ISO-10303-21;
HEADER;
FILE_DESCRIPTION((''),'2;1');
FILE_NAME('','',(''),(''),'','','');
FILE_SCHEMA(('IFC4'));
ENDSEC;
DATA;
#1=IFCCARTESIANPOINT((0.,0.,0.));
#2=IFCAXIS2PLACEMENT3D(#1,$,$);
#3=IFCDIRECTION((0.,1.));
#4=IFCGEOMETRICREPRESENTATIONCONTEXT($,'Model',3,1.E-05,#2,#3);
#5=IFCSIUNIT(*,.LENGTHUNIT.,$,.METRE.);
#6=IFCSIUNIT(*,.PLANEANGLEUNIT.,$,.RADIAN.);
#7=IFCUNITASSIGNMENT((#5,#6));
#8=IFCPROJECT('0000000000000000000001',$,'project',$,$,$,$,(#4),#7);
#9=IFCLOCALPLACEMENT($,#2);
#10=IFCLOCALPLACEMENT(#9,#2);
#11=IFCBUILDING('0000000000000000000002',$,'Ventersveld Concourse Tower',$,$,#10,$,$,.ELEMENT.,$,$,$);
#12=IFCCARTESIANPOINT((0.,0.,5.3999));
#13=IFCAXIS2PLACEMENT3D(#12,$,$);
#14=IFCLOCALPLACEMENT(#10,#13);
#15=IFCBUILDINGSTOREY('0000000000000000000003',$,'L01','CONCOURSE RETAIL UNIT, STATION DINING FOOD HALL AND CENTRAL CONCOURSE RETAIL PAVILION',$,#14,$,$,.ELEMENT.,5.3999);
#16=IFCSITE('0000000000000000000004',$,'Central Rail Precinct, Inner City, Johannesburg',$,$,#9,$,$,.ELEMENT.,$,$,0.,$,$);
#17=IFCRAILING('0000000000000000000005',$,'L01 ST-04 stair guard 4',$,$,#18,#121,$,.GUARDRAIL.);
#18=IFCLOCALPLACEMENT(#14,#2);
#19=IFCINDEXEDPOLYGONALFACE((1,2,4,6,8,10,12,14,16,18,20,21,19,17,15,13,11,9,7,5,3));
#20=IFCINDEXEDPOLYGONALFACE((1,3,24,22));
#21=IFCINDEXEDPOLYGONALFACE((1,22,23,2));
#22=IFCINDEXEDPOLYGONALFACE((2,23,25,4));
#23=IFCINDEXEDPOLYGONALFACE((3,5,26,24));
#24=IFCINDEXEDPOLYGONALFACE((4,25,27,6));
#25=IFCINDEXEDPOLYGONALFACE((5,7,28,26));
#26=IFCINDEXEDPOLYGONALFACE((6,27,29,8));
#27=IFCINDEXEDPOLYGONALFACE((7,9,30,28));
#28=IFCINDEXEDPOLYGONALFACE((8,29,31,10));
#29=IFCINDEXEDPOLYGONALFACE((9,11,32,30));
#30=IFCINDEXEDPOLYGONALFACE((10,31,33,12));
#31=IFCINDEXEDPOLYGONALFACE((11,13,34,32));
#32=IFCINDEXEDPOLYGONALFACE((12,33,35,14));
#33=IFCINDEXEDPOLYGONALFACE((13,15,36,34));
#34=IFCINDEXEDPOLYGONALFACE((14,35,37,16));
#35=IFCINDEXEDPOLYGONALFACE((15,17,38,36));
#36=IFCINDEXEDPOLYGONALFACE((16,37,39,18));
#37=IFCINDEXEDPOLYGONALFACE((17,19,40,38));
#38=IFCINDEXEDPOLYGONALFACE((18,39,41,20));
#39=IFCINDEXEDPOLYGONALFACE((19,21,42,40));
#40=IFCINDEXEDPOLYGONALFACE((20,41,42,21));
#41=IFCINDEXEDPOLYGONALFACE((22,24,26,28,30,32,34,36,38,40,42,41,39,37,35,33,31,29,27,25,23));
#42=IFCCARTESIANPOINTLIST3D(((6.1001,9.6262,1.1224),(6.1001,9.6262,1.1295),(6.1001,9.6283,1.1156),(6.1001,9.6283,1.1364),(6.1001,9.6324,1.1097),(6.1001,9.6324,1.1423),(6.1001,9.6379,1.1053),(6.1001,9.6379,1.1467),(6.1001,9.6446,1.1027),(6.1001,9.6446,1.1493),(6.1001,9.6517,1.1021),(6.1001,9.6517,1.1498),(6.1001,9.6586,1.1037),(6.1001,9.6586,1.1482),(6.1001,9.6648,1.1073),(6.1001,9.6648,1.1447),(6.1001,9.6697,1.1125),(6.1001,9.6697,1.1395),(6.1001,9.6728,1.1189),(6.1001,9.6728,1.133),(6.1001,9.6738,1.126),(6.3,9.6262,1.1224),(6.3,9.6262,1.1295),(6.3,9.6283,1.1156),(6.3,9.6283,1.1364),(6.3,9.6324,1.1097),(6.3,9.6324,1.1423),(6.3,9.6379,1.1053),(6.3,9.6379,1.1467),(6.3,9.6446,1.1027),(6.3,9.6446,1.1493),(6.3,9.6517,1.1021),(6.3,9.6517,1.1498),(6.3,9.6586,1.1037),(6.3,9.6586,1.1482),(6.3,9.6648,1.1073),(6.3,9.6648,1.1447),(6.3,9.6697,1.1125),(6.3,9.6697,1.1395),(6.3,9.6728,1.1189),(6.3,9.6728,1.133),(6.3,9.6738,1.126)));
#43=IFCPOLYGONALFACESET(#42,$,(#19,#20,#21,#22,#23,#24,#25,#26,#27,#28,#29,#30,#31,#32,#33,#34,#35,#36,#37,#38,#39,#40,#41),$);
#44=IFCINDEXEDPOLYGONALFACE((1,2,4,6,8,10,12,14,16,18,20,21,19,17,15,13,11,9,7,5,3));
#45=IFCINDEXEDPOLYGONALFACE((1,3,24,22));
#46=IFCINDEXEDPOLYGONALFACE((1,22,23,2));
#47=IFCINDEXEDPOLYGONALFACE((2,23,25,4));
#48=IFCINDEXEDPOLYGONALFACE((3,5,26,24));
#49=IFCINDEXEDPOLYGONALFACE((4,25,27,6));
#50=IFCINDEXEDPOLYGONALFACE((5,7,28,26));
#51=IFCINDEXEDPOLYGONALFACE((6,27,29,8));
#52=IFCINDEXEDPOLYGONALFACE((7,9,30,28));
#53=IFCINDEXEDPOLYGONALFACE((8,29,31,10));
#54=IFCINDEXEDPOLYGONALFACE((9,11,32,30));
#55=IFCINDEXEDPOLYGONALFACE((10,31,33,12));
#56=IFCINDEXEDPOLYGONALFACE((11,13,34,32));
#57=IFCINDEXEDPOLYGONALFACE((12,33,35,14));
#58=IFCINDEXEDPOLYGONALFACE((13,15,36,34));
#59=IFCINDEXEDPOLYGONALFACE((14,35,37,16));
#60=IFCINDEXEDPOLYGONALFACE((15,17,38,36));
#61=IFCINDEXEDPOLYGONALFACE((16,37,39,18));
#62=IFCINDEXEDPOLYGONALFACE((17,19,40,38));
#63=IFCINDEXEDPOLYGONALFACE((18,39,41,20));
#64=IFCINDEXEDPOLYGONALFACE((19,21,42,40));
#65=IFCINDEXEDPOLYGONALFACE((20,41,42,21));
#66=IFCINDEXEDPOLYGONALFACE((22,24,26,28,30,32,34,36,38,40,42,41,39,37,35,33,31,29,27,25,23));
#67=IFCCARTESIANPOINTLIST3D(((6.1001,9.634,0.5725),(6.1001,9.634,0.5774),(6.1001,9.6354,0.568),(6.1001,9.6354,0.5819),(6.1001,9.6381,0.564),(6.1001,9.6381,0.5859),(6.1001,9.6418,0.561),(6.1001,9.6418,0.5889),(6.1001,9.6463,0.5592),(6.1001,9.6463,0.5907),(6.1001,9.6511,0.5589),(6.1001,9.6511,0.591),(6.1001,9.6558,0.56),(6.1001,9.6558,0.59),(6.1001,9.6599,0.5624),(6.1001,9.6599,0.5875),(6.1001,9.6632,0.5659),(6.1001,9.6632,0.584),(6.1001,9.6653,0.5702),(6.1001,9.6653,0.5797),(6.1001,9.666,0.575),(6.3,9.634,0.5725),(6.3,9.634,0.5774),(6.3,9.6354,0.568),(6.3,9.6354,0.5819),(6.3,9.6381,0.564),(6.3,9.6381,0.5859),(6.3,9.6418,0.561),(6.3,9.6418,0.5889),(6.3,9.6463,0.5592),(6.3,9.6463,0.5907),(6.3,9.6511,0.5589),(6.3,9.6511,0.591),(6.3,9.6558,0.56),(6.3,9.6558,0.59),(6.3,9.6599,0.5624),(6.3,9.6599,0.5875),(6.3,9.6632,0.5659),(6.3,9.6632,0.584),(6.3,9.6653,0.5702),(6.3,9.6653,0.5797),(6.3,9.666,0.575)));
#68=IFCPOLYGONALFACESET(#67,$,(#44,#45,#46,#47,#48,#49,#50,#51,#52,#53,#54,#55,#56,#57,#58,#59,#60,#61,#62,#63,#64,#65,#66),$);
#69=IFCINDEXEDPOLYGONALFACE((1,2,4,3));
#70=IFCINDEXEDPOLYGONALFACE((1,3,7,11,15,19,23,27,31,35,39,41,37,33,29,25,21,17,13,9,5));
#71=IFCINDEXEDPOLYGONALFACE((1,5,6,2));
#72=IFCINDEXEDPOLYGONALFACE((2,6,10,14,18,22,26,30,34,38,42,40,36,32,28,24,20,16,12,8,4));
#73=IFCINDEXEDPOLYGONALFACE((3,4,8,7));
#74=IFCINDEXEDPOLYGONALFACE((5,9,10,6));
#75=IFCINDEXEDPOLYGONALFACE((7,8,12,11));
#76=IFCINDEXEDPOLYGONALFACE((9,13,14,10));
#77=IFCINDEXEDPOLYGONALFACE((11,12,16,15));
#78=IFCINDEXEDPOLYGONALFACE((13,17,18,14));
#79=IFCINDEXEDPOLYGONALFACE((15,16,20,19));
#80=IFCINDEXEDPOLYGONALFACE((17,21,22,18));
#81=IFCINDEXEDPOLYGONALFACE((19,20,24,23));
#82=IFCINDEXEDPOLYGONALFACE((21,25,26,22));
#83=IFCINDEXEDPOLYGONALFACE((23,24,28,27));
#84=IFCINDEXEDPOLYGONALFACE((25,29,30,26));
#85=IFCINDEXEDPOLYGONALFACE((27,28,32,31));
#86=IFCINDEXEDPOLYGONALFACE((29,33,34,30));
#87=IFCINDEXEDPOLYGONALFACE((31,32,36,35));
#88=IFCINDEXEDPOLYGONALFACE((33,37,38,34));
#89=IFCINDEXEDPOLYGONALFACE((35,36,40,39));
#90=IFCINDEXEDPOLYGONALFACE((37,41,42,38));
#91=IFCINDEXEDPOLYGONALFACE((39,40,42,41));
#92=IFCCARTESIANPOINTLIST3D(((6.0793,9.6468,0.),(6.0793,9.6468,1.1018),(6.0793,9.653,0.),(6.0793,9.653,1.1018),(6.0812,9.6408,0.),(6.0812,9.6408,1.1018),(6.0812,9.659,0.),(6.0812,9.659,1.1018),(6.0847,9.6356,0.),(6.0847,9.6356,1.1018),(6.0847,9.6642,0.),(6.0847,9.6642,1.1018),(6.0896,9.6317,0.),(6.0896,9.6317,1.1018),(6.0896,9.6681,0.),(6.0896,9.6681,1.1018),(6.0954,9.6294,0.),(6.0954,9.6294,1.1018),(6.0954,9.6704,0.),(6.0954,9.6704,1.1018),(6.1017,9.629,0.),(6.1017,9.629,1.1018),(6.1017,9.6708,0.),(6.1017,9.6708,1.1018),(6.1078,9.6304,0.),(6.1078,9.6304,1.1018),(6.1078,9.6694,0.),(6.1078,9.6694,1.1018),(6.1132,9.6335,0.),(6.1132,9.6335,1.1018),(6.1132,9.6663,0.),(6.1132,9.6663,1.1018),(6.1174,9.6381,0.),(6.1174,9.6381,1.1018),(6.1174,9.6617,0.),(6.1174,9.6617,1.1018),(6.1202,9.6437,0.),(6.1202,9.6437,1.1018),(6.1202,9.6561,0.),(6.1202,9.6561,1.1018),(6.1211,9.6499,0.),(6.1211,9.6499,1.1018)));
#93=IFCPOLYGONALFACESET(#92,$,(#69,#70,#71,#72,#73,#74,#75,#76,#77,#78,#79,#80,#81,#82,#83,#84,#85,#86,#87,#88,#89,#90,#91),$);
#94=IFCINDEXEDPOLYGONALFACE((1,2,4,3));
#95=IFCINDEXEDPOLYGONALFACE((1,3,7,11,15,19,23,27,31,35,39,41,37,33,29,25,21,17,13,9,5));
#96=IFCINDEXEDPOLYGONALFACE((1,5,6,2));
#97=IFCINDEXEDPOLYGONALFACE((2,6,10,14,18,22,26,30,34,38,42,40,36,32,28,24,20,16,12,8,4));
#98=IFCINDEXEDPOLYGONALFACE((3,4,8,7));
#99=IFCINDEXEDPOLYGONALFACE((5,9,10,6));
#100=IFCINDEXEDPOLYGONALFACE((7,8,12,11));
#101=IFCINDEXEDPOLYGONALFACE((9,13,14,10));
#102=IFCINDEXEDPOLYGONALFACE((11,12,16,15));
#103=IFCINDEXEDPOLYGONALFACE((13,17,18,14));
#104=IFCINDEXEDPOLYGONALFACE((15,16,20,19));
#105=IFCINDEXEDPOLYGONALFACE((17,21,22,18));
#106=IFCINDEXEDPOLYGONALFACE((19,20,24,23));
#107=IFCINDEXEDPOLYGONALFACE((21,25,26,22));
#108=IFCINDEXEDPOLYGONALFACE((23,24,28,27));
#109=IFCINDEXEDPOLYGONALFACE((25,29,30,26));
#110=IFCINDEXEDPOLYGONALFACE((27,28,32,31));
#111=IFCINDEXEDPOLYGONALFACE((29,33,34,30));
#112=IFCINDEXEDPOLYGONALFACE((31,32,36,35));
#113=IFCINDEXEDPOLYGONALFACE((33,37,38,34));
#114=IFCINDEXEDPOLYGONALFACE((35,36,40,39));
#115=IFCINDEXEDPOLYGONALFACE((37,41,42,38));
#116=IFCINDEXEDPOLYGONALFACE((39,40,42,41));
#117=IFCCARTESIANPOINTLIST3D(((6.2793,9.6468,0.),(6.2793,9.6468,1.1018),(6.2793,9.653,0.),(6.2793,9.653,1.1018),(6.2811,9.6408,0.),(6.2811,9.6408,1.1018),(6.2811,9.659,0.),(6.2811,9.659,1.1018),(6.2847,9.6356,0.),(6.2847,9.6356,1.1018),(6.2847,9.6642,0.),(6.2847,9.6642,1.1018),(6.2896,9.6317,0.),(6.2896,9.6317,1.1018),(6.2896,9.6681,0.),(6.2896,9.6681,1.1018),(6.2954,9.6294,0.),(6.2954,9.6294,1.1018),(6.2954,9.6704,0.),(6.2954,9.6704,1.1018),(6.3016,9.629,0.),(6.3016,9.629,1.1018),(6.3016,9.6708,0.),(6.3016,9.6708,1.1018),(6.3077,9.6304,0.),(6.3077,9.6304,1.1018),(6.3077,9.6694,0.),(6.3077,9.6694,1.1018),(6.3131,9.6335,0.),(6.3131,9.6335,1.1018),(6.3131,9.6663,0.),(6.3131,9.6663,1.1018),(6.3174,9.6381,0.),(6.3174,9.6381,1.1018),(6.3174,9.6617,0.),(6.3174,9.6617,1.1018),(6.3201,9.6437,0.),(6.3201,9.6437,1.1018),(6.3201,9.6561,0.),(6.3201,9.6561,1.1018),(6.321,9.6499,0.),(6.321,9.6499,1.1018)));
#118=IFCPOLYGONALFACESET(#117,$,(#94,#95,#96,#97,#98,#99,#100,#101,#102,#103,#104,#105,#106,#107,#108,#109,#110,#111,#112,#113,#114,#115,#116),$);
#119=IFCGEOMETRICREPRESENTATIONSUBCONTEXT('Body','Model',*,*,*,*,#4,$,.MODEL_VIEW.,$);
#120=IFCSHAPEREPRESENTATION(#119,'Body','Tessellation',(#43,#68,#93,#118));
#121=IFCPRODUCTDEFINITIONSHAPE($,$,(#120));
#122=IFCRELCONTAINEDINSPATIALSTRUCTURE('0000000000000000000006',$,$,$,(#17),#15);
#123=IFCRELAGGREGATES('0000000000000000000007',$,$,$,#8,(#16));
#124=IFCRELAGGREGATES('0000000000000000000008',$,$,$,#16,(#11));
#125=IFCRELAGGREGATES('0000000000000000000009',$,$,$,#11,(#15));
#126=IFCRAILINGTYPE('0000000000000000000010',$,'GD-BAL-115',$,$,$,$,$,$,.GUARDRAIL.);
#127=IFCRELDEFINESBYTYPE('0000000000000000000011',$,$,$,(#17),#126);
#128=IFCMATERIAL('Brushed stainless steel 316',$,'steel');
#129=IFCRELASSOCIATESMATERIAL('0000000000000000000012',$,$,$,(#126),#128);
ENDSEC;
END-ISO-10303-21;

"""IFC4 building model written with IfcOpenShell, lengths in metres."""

from ifc_helpers import new_model, si_unit, direction, frame, origin, origin_2d, place, context, subcontext, project, spatial, circle, extrude, material, type_object, element, save


model = new_model("IFC4")

# Units and contexts
model_context = context("Model", 3, precision=1e-05, world=origin(), true_north=direction((0.0, 1.0)))
body_context = subcontext(model_context, "Body", "Model", "MODEL_VIEW")
ifc_project = project(units=[si_unit("LENGTHUNIT", "METRE"), si_unit("PLANEANGLEUNIT", "RADIAN")], contexts=[model_context])

# Site, building, storey
site_placement = place(None, origin())
site = spatial("IfcSite", under=ifc_project, at=site_placement, Name="Central Rail Precinct, Inner City, Johannesburg", CompositionType="ELEMENT", RefElevation=0.0)
building_placement = place(site_placement, origin())
building = spatial("IfcBuilding", under=site, at=building_placement, Name="Ventersveld Concourse Tower", CompositionType="ELEMENT")
storey_placement = place(building_placement, frame((0.0, 0.0, 5.3999)))
storey = spatial("IfcBuildingStorey", under=building, at=storey_placement, Name="L01", Description="CONCOURSE RETAIL UNIT, STATION DINING FOOD HALL AND CENTRAL CONCOURSE RETAIL PAVILION", CompositionType="ELEMENT", Elevation=5.3999)

# Shared definitions
ifc_material_1 = material(Name="Brushed stainless steel 316", Category="steel")

# Railing
railing_type_1 = type_object("IfcRailingType", Name="GD-BAL-115", PredefinedType="GUARDRAIL", material=ifc_material_1)
railing_1_placement = place(storey_placement, frame((6.1001, 9.6499, 0.0)))
element("IfcRailing", 1, at=railing_1_placement, inside=storey, type_object=railing_type_1, Name="L01 ST-04 stair guard 4", PredefinedType="GUARDRAIL", context=body_context, shape_type="SweptSolid", body=[
    extrude(circle(Radius=0.0239, at=origin_2d()), frame((0.0, 0.0, 1.126), z_axis=(1.0, 0.0, 0.0), x_axis=(0.0, 1.0, 0.0)), (0.0, 0.0, 1.0), 0.2),
    extrude(circle(Radius=0.0161, at=origin_2d()), frame((0.0, 0.0, 0.575), z_axis=(1.0, 0.0, 0.0), x_axis=(0.0, 1.0, 0.0)), (0.0, 0.0, 1.0), 0.2),
    extrude(circle(Radius=0.021, at=origin_2d()), origin(), (0.0, 0.0, 1.0), 1.1018),
    extrude(circle(Radius=0.021, at=origin_2d()), frame((0.2, 0.0, 0.0)), (0.0, 0.0, 1.0), 1.1018),
])

save(model, "model.ifc")
